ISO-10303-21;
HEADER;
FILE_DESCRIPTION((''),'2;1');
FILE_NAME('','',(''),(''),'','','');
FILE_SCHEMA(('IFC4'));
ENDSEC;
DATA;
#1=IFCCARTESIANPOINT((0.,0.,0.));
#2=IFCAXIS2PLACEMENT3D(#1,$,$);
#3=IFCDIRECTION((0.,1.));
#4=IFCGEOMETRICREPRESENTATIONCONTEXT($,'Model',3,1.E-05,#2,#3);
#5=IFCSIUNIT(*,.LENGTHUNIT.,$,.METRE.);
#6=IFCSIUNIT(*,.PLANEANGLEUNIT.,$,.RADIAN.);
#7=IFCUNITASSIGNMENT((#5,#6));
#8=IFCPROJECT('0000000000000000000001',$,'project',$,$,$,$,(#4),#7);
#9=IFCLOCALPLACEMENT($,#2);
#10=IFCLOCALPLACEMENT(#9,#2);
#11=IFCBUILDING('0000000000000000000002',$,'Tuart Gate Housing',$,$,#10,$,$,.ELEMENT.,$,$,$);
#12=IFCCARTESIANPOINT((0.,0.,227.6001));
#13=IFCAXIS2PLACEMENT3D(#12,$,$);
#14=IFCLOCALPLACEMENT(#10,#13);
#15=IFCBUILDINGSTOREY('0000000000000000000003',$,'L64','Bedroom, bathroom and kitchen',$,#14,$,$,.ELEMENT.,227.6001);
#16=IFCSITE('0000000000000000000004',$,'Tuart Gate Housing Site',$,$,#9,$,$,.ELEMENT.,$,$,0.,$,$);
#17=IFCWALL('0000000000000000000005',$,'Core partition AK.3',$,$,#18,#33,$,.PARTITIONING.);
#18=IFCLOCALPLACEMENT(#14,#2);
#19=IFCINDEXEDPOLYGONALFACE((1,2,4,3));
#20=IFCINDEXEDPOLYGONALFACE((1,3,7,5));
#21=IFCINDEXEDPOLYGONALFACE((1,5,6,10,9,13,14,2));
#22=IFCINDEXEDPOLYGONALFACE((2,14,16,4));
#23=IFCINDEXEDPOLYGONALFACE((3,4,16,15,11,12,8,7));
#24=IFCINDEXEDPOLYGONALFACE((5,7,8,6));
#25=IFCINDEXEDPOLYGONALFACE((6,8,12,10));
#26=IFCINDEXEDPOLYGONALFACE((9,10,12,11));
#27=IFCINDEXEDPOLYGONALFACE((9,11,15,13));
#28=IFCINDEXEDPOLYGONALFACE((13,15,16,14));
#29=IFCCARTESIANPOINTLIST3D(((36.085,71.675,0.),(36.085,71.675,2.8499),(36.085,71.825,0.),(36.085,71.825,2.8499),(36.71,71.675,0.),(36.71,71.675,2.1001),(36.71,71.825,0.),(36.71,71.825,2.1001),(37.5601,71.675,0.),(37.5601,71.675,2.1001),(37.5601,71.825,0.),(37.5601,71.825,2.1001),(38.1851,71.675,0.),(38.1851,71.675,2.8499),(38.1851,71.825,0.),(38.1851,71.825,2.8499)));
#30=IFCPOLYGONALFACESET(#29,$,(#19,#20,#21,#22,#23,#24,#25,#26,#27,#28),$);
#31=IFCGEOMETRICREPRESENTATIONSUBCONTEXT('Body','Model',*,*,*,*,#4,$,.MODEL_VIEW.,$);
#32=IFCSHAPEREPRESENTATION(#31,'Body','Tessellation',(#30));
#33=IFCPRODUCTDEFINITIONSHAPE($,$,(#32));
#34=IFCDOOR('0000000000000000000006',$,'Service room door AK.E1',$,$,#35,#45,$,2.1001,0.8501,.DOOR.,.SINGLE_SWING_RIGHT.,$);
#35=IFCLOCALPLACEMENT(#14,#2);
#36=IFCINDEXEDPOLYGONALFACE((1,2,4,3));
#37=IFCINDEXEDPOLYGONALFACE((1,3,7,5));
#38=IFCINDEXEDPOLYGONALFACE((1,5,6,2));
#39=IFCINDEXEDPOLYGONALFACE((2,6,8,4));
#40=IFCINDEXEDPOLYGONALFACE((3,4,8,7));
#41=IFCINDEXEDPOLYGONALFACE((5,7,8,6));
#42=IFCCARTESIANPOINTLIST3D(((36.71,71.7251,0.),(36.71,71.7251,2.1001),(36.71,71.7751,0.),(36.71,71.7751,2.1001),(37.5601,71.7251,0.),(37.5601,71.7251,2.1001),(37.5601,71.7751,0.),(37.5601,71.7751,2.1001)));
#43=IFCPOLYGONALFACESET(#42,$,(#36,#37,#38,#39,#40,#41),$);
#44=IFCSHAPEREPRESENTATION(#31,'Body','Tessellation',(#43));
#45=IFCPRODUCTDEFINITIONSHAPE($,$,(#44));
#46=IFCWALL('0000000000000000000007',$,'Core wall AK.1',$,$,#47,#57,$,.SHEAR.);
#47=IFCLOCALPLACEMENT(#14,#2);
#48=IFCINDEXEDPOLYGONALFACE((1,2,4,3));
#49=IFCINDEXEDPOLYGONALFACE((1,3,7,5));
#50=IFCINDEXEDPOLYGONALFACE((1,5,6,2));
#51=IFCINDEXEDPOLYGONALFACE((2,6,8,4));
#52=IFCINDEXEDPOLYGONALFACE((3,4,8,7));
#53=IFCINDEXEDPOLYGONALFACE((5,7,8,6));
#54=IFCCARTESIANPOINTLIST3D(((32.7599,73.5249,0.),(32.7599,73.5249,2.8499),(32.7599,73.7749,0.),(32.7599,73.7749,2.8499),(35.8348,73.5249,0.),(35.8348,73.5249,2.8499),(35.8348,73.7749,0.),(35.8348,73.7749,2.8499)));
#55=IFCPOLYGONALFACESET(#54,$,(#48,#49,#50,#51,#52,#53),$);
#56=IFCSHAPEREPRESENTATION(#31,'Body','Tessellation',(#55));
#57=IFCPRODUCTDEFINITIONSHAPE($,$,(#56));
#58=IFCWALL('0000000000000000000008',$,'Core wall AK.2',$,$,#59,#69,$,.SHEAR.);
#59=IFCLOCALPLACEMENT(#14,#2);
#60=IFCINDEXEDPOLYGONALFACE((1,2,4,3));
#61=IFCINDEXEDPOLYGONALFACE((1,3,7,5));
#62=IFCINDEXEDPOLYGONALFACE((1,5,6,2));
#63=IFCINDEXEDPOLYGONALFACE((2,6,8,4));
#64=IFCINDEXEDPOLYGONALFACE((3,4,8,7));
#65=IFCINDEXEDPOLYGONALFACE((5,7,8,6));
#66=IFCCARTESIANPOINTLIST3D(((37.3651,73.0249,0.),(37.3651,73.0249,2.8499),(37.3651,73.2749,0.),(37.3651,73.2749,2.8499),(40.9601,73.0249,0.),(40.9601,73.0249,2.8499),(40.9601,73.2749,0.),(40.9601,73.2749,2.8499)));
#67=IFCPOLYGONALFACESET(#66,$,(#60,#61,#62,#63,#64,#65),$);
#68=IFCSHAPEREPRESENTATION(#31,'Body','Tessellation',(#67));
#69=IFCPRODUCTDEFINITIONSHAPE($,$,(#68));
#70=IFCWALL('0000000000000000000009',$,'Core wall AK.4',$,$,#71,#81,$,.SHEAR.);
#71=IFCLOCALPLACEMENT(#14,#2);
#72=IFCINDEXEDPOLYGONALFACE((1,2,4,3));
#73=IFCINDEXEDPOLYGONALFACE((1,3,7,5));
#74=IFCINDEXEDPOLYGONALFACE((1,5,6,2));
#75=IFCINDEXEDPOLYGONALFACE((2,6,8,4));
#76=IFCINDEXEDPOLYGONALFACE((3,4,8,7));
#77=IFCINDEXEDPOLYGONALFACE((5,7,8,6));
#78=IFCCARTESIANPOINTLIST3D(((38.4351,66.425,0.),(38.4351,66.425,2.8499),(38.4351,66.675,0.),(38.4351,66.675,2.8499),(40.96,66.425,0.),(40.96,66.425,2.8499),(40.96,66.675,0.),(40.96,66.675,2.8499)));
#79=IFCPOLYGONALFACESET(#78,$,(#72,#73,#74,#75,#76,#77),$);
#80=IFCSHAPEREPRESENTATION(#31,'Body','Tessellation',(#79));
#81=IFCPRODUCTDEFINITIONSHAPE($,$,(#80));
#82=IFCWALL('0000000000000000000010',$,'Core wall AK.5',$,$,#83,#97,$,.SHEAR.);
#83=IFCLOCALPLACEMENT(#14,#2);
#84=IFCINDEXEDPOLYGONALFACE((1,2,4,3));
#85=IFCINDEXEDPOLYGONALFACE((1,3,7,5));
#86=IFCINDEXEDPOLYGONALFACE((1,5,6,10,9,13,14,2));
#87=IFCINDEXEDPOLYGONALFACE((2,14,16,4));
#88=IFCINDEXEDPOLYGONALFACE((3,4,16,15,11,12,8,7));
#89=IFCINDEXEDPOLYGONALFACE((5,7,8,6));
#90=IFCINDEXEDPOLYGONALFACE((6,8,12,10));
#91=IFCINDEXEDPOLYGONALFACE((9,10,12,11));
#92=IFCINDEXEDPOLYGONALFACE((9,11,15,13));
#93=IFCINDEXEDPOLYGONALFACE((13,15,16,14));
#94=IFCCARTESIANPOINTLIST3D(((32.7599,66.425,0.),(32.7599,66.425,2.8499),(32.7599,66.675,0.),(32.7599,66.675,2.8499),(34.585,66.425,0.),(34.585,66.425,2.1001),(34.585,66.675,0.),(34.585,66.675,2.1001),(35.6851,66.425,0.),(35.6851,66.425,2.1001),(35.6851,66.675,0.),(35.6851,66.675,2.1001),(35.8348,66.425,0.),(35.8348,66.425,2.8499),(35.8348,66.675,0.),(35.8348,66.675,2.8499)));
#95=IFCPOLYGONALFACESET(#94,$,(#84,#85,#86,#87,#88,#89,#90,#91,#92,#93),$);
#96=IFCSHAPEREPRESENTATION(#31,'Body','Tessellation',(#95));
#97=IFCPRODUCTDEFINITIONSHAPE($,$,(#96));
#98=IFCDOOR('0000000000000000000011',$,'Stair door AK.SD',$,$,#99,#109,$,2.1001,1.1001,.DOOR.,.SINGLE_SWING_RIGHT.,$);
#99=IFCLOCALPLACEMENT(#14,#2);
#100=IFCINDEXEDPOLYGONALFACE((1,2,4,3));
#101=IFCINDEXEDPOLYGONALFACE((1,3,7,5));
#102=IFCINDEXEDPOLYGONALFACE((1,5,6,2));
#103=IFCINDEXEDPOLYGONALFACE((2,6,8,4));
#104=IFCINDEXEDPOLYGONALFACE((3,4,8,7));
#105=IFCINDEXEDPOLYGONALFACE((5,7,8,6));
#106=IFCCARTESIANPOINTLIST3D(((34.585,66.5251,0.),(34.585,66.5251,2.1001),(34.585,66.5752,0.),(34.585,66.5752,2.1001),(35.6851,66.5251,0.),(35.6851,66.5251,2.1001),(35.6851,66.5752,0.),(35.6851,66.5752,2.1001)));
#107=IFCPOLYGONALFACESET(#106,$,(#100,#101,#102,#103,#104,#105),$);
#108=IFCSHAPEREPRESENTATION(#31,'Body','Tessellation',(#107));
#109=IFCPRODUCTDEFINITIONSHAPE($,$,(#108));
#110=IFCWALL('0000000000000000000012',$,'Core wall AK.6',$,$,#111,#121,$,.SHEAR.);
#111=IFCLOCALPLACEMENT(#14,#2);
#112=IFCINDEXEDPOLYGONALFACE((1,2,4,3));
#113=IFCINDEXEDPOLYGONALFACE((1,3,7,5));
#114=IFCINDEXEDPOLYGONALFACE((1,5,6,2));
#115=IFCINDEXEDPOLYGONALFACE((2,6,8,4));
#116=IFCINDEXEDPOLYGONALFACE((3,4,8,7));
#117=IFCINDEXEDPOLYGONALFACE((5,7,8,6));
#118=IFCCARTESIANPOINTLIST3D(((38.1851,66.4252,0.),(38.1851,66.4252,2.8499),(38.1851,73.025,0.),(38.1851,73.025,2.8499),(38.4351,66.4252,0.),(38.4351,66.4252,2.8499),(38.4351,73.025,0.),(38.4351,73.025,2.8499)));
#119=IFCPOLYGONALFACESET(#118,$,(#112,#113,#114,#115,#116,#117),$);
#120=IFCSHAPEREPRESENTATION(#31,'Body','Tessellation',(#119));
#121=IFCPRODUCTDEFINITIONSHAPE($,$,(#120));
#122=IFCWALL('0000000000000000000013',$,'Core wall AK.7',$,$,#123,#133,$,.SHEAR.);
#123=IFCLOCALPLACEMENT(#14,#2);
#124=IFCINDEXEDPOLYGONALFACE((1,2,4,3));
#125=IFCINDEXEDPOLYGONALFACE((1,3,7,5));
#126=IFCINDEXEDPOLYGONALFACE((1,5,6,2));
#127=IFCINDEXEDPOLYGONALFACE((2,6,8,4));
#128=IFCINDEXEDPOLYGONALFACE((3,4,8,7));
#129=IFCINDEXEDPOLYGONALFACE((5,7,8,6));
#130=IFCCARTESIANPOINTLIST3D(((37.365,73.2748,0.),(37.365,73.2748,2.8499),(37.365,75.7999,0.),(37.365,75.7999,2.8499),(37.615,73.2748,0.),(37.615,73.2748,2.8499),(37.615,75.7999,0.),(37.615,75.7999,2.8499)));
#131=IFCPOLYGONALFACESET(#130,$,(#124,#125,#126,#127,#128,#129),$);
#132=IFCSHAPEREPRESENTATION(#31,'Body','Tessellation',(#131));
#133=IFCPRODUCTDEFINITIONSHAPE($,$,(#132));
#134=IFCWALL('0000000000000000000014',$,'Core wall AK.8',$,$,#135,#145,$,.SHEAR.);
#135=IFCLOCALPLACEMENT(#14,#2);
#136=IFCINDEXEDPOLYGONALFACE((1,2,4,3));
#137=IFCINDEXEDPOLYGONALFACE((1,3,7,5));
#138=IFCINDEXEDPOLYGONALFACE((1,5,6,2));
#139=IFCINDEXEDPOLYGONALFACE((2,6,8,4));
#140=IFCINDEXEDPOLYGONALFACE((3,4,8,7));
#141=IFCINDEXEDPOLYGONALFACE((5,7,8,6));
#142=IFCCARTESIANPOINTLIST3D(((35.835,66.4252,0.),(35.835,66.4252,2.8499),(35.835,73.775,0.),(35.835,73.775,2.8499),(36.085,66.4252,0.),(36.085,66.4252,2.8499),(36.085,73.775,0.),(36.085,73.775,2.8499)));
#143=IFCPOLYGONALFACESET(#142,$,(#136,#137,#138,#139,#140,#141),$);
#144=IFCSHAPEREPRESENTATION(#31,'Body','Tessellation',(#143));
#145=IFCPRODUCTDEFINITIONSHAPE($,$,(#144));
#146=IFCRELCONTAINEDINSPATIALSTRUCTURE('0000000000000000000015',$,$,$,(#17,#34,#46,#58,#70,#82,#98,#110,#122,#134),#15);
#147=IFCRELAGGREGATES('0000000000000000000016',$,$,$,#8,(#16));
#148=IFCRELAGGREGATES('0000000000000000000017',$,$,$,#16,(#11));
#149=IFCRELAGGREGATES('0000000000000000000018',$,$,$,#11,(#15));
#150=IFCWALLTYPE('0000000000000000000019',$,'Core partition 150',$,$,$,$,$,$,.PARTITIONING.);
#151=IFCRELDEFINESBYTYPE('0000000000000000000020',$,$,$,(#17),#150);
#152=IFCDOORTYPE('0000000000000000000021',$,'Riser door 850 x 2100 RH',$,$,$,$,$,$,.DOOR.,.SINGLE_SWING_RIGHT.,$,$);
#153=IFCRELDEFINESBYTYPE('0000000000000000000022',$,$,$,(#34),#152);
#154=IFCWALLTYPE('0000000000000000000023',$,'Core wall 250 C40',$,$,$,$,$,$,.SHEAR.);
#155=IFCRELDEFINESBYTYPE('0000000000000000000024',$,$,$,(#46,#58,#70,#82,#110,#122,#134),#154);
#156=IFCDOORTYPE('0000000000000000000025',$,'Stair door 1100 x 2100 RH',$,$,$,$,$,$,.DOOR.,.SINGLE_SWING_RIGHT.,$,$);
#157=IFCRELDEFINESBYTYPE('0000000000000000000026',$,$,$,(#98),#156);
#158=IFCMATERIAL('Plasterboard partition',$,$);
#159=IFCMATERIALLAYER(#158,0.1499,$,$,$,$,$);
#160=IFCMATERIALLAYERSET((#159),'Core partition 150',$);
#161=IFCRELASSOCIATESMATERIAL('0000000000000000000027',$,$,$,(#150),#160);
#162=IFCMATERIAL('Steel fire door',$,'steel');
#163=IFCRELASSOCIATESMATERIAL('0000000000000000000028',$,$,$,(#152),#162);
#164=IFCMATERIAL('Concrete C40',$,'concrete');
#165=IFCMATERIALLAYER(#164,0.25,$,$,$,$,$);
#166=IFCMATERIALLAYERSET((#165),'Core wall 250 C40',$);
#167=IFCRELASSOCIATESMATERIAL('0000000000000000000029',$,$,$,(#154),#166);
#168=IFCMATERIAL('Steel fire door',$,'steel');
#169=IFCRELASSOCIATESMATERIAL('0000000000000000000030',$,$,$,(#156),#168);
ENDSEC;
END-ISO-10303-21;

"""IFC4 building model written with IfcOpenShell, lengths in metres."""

from ifc_helpers import new_model, si_unit, direction, frame, frame_2d, origin, place, context, subcontext, project, spatial, rectangle, extrude, material, layer, layer_set, type_object, element, fill, save


model = new_model("IFC4")

# Units and contexts
model_context = context("Model", 3, precision=1e-05, world=origin(), true_north=direction((0.0, 1.0)))
body_context = subcontext(model_context, "Body", "Model", "MODEL_VIEW")
ifc_project = project(units=[si_unit("LENGTHUNIT", "METRE"), si_unit("PLANEANGLEUNIT", "RADIAN")], contexts=[model_context])

# Site, building, storey
site_placement = place(None, origin())
site = spatial("IfcSite", under=ifc_project, at=site_placement, Name="Tuart Gate Housing Site", CompositionType="ELEMENT", RefElevation=0.0)
building_placement = place(site_placement, origin())
building = spatial("IfcBuilding", under=site, at=building_placement, Name="Tuart Gate Housing", CompositionType="ELEMENT")
storey_placement = place(building_placement, frame((0.0, 0.0, 227.6001)))
storey = spatial("IfcBuildingStorey", under=building, at=storey_placement, Name="L64", Description="Bedroom, bathroom and kitchen", CompositionType="ELEMENT", Elevation=227.6001)

# Wall, opening, door
ifc_material_1 = material(Name="Plasterboard partition")
ifc_layer_1 = layer(ifc_material_1, 0.1499)
ifc_layer_set_1 = layer_set([ifc_layer_1], Name="Core partition 150")
wall_type_1 = type_object("IfcWallType", Name="Core partition 150", PredefinedType="PARTITIONING", material=ifc_layer_set_1)
wall_1_placement = place(storey_placement, frame((38.1851, 71.75, 0.0), z_axis=(0.0, 0.0, 1.0), x_axis=(-1.0, 0.0, 0.0)))
wall_1 = element("IfcWall", 1, at=wall_1_placement, inside=storey, type_object=wall_type_1, Name="Core partition AK.3", PredefinedType="PARTITIONING", context=body_context, shape_type="SweptSolid", body=[
    extrude(rectangle(XDim=2.1001, YDim=0.1499, at=frame_2d((1.05, 0.0))), origin(), (0.0, 0.0, 1.0), 2.8499),
])
opening_1_placement = place(wall_1_placement, frame((0.625, 0.0, 0.0)))
opening_1 = element("IfcOpeningElement", 2, at=opening_1_placement, cuts=wall_1, PredefinedType="OPENING", context=body_context, shape_type="SweptSolid", body=[
    extrude(rectangle(XDim=0.8501, YDim=2.1001, at=frame_2d((0.425, 1.05))), frame((0.0, 0.085, 0.0), z_axis=(0.0, -1.0, 0.0), x_axis=(1.0, 0.0, 0.0)), (0.0, 0.0, 1.0), 0.1699),
])
ifc_material_2 = material(Name="Steel fire door", Category="steel")
door_type_1 = type_object("IfcDoorType", Name="Riser door 850 x 2100 RH", OperationType="SINGLE_SWING_RIGHT", PredefinedType="DOOR", material=ifc_material_2)
door_1_placement = place(opening_1_placement, frame((0.8501, 0.0, 0.0), z_axis=(0.0, 0.0, 1.0), x_axis=(-1.0, 0.0, 0.0)))
door_1 = element("IfcDoor", 3, at=door_1_placement, inside=storey, type_object=door_type_1, Name="Service room door AK.E1", OperationType="SINGLE_SWING_RIGHT", OverallHeight=2.1001, OverallWidth=0.8501, PredefinedType="DOOR", context=body_context, shape_type="SweptSolid", body=[
    extrude(rectangle(XDim=0.8501, YDim=2.1001, at=frame_2d((0.425, 1.05))), frame((0.0, 0.0251, 0.0), z_axis=(0.0, -1.0, 0.0), x_axis=(1.0, 0.0, 0.0)), (0.0, 0.0, 1.0), 0.05),
])
fill(opening_1, door_1)

# Walls
ifc_material_3 = material(Name="Concrete C40", Category="concrete")
ifc_layer_2 = layer(ifc_material_3, 0.25)
ifc_layer_set_2 = layer_set([ifc_layer_2], Name="Core wall 250 C40")
wall_type_2 = type_object("IfcWallType", Name="Core wall 250 C40", PredefinedType="SHEAR", material=ifc_layer_set_2)
wall_2_placement = place(storey_placement, frame((35.835, 73.6499, 0.0), z_axis=(0.0, 0.0, 1.0), x_axis=(-1.0, 0.0, 0.0)))
element("IfcWall", 4, at=wall_2_placement, inside=storey, type_object=wall_type_2, Name="Core wall AK.1", PredefinedType="SHEAR", context=body_context, shape_type="SweptSolid", body=[
    extrude(rectangle(XDim=3.075, YDim=0.25, at=frame_2d((1.5376, 0.0))), origin(), (0.0, 0.0, 1.0), 2.8499),
])
wall_3_placement = place(storey_placement, frame((40.96, 73.1499, 0.0), z_axis=(0.0, 0.0, 1.0), x_axis=(-1.0, 0.0, 0.0)))
element("IfcWall", 5, at=wall_3_placement, inside=storey, type_object=wall_type_2, Name="Core wall AK.2", PredefinedType="SHEAR", context=body_context, shape_type="SweptSolid", body=[
    extrude(rectangle(XDim=3.595, YDim=0.25, at=frame_2d((1.7974, 0.0))), origin(), (0.0, 0.0, 1.0), 2.8499),
])
wall_4_placement = place(storey_placement, frame((40.96, 66.55, 0.0), z_axis=(0.0, 0.0, 1.0), x_axis=(-1.0, 0.0, 0.0)))
element("IfcWall", 6, at=wall_4_placement, inside=storey, type_object=wall_type_2, Name="Core wall AK.4", PredefinedType="SHEAR", context=body_context, shape_type="SweptSolid", body=[
    extrude(rectangle(XDim=2.5249, YDim=0.25, at=frame_2d((1.2625, 0.0))), origin(), (0.0, 0.0, 1.0), 2.8499),
])

# Wall, opening, door
wall_5_placement = place(storey_placement, frame((35.835, 66.55, 0.0), z_axis=(0.0, 0.0, 1.0), x_axis=(-1.0, 0.0, 0.0)))
wall_5 = element("IfcWall", 7, at=wall_5_placement, inside=storey, type_object=wall_type_2, Name="Core wall AK.5", PredefinedType="SHEAR", context=body_context, shape_type="SweptSolid", body=[
    extrude(rectangle(XDim=3.075, YDim=0.25, at=frame_2d((1.5376, 0.0))), origin(), (0.0, 0.0, 1.0), 2.8499),
])
opening_2_placement = place(wall_5_placement, frame((0.1499, 0.0, 0.0)))
opening_2 = element("IfcOpeningElement", 8, at=opening_2_placement, cuts=wall_5, PredefinedType="OPENING", context=body_context, shape_type="SweptSolid", body=[
    extrude(rectangle(XDim=1.1001, YDim=2.1001, at=frame_2d((0.55, 1.05))), frame((0.0, 0.135, 0.0), z_axis=(0.0, -1.0, 0.0), x_axis=(1.0, 0.0, 0.0)), (0.0, 0.0, 1.0), 0.27),
])
ifc_material_4 = material(Name="Steel fire door", Category="steel")
door_type_2 = type_object("IfcDoorType", Name="Stair door 1100 x 2100 RH", OperationType="SINGLE_SWING_RIGHT", PredefinedType="DOOR", material=ifc_material_4)
door_2_placement = place(opening_2_placement, frame((1.1001, 0.0, 0.0), z_axis=(0.0, 0.0, 1.0), x_axis=(-1.0, 0.0, 0.0)))
door_2 = element("IfcDoor", 9, at=door_2_placement, inside=storey, type_object=door_type_2, Name="Stair door AK.SD", OperationType="SINGLE_SWING_RIGHT", OverallHeight=2.1001, OverallWidth=1.1001, PredefinedType="DOOR", context=body_context, shape_type="SweptSolid", body=[
    extrude(rectangle(XDim=1.1001, YDim=2.1001, at=frame_2d((0.55, 1.05))), frame((0.0, 0.0251, 0.0), z_axis=(0.0, -1.0, 0.0), x_axis=(1.0, 0.0, 0.0)), (0.0, 0.0, 1.0), 0.05),
])
fill(opening_2, door_2)

# Walls
wall_6_placement = place(storey_placement, frame((38.3101, 73.0249, 0.0), z_axis=(0.0, 0.0, 1.0), x_axis=(0.0, -1.0, 0.0)))
element("IfcWall", 10, at=wall_6_placement, inside=storey, type_object=wall_type_2, Name="Core wall AK.6", PredefinedType="SHEAR", context=body_context, shape_type="SweptSolid", body=[
    extrude(rectangle(XDim=6.5999, YDim=0.25, at=frame_2d((3.2998, 0.0))), origin(), (0.0, 0.0, 1.0), 2.8499),
])
wall_7_placement = place(storey_placement, frame((37.49, 75.8, 0.0), z_axis=(0.0, 0.0, 1.0), x_axis=(0.0, -1.0, 0.0)))
element("IfcWall", 11, at=wall_7_placement, inside=storey, type_object=wall_type_2, Name="Core wall AK.7", PredefinedType="SHEAR", context=body_context, shape_type="SweptSolid", body=[
    extrude(rectangle(XDim=2.5251, YDim=0.25, at=frame_2d((1.2627, 0.0))), origin(), (0.0, 0.0, 1.0), 2.8499),
])
wall_8_placement = place(storey_placement, frame((35.96, 73.7749, 0.0), z_axis=(0.0, 0.0, 1.0), x_axis=(0.0, -1.0, 0.0)))
element("IfcWall", 12, at=wall_8_placement, inside=storey, type_object=wall_type_2, Name="Core wall AK.8", PredefinedType="SHEAR", context=body_context, shape_type="SweptSolid", body=[
    extrude(rectangle(XDim=7.3499, YDim=0.25, at=frame_2d((3.6748, 0.0))), origin(), (0.0, 0.0, 1.0), 2.8499),
])

save(model, "model.ifc")
